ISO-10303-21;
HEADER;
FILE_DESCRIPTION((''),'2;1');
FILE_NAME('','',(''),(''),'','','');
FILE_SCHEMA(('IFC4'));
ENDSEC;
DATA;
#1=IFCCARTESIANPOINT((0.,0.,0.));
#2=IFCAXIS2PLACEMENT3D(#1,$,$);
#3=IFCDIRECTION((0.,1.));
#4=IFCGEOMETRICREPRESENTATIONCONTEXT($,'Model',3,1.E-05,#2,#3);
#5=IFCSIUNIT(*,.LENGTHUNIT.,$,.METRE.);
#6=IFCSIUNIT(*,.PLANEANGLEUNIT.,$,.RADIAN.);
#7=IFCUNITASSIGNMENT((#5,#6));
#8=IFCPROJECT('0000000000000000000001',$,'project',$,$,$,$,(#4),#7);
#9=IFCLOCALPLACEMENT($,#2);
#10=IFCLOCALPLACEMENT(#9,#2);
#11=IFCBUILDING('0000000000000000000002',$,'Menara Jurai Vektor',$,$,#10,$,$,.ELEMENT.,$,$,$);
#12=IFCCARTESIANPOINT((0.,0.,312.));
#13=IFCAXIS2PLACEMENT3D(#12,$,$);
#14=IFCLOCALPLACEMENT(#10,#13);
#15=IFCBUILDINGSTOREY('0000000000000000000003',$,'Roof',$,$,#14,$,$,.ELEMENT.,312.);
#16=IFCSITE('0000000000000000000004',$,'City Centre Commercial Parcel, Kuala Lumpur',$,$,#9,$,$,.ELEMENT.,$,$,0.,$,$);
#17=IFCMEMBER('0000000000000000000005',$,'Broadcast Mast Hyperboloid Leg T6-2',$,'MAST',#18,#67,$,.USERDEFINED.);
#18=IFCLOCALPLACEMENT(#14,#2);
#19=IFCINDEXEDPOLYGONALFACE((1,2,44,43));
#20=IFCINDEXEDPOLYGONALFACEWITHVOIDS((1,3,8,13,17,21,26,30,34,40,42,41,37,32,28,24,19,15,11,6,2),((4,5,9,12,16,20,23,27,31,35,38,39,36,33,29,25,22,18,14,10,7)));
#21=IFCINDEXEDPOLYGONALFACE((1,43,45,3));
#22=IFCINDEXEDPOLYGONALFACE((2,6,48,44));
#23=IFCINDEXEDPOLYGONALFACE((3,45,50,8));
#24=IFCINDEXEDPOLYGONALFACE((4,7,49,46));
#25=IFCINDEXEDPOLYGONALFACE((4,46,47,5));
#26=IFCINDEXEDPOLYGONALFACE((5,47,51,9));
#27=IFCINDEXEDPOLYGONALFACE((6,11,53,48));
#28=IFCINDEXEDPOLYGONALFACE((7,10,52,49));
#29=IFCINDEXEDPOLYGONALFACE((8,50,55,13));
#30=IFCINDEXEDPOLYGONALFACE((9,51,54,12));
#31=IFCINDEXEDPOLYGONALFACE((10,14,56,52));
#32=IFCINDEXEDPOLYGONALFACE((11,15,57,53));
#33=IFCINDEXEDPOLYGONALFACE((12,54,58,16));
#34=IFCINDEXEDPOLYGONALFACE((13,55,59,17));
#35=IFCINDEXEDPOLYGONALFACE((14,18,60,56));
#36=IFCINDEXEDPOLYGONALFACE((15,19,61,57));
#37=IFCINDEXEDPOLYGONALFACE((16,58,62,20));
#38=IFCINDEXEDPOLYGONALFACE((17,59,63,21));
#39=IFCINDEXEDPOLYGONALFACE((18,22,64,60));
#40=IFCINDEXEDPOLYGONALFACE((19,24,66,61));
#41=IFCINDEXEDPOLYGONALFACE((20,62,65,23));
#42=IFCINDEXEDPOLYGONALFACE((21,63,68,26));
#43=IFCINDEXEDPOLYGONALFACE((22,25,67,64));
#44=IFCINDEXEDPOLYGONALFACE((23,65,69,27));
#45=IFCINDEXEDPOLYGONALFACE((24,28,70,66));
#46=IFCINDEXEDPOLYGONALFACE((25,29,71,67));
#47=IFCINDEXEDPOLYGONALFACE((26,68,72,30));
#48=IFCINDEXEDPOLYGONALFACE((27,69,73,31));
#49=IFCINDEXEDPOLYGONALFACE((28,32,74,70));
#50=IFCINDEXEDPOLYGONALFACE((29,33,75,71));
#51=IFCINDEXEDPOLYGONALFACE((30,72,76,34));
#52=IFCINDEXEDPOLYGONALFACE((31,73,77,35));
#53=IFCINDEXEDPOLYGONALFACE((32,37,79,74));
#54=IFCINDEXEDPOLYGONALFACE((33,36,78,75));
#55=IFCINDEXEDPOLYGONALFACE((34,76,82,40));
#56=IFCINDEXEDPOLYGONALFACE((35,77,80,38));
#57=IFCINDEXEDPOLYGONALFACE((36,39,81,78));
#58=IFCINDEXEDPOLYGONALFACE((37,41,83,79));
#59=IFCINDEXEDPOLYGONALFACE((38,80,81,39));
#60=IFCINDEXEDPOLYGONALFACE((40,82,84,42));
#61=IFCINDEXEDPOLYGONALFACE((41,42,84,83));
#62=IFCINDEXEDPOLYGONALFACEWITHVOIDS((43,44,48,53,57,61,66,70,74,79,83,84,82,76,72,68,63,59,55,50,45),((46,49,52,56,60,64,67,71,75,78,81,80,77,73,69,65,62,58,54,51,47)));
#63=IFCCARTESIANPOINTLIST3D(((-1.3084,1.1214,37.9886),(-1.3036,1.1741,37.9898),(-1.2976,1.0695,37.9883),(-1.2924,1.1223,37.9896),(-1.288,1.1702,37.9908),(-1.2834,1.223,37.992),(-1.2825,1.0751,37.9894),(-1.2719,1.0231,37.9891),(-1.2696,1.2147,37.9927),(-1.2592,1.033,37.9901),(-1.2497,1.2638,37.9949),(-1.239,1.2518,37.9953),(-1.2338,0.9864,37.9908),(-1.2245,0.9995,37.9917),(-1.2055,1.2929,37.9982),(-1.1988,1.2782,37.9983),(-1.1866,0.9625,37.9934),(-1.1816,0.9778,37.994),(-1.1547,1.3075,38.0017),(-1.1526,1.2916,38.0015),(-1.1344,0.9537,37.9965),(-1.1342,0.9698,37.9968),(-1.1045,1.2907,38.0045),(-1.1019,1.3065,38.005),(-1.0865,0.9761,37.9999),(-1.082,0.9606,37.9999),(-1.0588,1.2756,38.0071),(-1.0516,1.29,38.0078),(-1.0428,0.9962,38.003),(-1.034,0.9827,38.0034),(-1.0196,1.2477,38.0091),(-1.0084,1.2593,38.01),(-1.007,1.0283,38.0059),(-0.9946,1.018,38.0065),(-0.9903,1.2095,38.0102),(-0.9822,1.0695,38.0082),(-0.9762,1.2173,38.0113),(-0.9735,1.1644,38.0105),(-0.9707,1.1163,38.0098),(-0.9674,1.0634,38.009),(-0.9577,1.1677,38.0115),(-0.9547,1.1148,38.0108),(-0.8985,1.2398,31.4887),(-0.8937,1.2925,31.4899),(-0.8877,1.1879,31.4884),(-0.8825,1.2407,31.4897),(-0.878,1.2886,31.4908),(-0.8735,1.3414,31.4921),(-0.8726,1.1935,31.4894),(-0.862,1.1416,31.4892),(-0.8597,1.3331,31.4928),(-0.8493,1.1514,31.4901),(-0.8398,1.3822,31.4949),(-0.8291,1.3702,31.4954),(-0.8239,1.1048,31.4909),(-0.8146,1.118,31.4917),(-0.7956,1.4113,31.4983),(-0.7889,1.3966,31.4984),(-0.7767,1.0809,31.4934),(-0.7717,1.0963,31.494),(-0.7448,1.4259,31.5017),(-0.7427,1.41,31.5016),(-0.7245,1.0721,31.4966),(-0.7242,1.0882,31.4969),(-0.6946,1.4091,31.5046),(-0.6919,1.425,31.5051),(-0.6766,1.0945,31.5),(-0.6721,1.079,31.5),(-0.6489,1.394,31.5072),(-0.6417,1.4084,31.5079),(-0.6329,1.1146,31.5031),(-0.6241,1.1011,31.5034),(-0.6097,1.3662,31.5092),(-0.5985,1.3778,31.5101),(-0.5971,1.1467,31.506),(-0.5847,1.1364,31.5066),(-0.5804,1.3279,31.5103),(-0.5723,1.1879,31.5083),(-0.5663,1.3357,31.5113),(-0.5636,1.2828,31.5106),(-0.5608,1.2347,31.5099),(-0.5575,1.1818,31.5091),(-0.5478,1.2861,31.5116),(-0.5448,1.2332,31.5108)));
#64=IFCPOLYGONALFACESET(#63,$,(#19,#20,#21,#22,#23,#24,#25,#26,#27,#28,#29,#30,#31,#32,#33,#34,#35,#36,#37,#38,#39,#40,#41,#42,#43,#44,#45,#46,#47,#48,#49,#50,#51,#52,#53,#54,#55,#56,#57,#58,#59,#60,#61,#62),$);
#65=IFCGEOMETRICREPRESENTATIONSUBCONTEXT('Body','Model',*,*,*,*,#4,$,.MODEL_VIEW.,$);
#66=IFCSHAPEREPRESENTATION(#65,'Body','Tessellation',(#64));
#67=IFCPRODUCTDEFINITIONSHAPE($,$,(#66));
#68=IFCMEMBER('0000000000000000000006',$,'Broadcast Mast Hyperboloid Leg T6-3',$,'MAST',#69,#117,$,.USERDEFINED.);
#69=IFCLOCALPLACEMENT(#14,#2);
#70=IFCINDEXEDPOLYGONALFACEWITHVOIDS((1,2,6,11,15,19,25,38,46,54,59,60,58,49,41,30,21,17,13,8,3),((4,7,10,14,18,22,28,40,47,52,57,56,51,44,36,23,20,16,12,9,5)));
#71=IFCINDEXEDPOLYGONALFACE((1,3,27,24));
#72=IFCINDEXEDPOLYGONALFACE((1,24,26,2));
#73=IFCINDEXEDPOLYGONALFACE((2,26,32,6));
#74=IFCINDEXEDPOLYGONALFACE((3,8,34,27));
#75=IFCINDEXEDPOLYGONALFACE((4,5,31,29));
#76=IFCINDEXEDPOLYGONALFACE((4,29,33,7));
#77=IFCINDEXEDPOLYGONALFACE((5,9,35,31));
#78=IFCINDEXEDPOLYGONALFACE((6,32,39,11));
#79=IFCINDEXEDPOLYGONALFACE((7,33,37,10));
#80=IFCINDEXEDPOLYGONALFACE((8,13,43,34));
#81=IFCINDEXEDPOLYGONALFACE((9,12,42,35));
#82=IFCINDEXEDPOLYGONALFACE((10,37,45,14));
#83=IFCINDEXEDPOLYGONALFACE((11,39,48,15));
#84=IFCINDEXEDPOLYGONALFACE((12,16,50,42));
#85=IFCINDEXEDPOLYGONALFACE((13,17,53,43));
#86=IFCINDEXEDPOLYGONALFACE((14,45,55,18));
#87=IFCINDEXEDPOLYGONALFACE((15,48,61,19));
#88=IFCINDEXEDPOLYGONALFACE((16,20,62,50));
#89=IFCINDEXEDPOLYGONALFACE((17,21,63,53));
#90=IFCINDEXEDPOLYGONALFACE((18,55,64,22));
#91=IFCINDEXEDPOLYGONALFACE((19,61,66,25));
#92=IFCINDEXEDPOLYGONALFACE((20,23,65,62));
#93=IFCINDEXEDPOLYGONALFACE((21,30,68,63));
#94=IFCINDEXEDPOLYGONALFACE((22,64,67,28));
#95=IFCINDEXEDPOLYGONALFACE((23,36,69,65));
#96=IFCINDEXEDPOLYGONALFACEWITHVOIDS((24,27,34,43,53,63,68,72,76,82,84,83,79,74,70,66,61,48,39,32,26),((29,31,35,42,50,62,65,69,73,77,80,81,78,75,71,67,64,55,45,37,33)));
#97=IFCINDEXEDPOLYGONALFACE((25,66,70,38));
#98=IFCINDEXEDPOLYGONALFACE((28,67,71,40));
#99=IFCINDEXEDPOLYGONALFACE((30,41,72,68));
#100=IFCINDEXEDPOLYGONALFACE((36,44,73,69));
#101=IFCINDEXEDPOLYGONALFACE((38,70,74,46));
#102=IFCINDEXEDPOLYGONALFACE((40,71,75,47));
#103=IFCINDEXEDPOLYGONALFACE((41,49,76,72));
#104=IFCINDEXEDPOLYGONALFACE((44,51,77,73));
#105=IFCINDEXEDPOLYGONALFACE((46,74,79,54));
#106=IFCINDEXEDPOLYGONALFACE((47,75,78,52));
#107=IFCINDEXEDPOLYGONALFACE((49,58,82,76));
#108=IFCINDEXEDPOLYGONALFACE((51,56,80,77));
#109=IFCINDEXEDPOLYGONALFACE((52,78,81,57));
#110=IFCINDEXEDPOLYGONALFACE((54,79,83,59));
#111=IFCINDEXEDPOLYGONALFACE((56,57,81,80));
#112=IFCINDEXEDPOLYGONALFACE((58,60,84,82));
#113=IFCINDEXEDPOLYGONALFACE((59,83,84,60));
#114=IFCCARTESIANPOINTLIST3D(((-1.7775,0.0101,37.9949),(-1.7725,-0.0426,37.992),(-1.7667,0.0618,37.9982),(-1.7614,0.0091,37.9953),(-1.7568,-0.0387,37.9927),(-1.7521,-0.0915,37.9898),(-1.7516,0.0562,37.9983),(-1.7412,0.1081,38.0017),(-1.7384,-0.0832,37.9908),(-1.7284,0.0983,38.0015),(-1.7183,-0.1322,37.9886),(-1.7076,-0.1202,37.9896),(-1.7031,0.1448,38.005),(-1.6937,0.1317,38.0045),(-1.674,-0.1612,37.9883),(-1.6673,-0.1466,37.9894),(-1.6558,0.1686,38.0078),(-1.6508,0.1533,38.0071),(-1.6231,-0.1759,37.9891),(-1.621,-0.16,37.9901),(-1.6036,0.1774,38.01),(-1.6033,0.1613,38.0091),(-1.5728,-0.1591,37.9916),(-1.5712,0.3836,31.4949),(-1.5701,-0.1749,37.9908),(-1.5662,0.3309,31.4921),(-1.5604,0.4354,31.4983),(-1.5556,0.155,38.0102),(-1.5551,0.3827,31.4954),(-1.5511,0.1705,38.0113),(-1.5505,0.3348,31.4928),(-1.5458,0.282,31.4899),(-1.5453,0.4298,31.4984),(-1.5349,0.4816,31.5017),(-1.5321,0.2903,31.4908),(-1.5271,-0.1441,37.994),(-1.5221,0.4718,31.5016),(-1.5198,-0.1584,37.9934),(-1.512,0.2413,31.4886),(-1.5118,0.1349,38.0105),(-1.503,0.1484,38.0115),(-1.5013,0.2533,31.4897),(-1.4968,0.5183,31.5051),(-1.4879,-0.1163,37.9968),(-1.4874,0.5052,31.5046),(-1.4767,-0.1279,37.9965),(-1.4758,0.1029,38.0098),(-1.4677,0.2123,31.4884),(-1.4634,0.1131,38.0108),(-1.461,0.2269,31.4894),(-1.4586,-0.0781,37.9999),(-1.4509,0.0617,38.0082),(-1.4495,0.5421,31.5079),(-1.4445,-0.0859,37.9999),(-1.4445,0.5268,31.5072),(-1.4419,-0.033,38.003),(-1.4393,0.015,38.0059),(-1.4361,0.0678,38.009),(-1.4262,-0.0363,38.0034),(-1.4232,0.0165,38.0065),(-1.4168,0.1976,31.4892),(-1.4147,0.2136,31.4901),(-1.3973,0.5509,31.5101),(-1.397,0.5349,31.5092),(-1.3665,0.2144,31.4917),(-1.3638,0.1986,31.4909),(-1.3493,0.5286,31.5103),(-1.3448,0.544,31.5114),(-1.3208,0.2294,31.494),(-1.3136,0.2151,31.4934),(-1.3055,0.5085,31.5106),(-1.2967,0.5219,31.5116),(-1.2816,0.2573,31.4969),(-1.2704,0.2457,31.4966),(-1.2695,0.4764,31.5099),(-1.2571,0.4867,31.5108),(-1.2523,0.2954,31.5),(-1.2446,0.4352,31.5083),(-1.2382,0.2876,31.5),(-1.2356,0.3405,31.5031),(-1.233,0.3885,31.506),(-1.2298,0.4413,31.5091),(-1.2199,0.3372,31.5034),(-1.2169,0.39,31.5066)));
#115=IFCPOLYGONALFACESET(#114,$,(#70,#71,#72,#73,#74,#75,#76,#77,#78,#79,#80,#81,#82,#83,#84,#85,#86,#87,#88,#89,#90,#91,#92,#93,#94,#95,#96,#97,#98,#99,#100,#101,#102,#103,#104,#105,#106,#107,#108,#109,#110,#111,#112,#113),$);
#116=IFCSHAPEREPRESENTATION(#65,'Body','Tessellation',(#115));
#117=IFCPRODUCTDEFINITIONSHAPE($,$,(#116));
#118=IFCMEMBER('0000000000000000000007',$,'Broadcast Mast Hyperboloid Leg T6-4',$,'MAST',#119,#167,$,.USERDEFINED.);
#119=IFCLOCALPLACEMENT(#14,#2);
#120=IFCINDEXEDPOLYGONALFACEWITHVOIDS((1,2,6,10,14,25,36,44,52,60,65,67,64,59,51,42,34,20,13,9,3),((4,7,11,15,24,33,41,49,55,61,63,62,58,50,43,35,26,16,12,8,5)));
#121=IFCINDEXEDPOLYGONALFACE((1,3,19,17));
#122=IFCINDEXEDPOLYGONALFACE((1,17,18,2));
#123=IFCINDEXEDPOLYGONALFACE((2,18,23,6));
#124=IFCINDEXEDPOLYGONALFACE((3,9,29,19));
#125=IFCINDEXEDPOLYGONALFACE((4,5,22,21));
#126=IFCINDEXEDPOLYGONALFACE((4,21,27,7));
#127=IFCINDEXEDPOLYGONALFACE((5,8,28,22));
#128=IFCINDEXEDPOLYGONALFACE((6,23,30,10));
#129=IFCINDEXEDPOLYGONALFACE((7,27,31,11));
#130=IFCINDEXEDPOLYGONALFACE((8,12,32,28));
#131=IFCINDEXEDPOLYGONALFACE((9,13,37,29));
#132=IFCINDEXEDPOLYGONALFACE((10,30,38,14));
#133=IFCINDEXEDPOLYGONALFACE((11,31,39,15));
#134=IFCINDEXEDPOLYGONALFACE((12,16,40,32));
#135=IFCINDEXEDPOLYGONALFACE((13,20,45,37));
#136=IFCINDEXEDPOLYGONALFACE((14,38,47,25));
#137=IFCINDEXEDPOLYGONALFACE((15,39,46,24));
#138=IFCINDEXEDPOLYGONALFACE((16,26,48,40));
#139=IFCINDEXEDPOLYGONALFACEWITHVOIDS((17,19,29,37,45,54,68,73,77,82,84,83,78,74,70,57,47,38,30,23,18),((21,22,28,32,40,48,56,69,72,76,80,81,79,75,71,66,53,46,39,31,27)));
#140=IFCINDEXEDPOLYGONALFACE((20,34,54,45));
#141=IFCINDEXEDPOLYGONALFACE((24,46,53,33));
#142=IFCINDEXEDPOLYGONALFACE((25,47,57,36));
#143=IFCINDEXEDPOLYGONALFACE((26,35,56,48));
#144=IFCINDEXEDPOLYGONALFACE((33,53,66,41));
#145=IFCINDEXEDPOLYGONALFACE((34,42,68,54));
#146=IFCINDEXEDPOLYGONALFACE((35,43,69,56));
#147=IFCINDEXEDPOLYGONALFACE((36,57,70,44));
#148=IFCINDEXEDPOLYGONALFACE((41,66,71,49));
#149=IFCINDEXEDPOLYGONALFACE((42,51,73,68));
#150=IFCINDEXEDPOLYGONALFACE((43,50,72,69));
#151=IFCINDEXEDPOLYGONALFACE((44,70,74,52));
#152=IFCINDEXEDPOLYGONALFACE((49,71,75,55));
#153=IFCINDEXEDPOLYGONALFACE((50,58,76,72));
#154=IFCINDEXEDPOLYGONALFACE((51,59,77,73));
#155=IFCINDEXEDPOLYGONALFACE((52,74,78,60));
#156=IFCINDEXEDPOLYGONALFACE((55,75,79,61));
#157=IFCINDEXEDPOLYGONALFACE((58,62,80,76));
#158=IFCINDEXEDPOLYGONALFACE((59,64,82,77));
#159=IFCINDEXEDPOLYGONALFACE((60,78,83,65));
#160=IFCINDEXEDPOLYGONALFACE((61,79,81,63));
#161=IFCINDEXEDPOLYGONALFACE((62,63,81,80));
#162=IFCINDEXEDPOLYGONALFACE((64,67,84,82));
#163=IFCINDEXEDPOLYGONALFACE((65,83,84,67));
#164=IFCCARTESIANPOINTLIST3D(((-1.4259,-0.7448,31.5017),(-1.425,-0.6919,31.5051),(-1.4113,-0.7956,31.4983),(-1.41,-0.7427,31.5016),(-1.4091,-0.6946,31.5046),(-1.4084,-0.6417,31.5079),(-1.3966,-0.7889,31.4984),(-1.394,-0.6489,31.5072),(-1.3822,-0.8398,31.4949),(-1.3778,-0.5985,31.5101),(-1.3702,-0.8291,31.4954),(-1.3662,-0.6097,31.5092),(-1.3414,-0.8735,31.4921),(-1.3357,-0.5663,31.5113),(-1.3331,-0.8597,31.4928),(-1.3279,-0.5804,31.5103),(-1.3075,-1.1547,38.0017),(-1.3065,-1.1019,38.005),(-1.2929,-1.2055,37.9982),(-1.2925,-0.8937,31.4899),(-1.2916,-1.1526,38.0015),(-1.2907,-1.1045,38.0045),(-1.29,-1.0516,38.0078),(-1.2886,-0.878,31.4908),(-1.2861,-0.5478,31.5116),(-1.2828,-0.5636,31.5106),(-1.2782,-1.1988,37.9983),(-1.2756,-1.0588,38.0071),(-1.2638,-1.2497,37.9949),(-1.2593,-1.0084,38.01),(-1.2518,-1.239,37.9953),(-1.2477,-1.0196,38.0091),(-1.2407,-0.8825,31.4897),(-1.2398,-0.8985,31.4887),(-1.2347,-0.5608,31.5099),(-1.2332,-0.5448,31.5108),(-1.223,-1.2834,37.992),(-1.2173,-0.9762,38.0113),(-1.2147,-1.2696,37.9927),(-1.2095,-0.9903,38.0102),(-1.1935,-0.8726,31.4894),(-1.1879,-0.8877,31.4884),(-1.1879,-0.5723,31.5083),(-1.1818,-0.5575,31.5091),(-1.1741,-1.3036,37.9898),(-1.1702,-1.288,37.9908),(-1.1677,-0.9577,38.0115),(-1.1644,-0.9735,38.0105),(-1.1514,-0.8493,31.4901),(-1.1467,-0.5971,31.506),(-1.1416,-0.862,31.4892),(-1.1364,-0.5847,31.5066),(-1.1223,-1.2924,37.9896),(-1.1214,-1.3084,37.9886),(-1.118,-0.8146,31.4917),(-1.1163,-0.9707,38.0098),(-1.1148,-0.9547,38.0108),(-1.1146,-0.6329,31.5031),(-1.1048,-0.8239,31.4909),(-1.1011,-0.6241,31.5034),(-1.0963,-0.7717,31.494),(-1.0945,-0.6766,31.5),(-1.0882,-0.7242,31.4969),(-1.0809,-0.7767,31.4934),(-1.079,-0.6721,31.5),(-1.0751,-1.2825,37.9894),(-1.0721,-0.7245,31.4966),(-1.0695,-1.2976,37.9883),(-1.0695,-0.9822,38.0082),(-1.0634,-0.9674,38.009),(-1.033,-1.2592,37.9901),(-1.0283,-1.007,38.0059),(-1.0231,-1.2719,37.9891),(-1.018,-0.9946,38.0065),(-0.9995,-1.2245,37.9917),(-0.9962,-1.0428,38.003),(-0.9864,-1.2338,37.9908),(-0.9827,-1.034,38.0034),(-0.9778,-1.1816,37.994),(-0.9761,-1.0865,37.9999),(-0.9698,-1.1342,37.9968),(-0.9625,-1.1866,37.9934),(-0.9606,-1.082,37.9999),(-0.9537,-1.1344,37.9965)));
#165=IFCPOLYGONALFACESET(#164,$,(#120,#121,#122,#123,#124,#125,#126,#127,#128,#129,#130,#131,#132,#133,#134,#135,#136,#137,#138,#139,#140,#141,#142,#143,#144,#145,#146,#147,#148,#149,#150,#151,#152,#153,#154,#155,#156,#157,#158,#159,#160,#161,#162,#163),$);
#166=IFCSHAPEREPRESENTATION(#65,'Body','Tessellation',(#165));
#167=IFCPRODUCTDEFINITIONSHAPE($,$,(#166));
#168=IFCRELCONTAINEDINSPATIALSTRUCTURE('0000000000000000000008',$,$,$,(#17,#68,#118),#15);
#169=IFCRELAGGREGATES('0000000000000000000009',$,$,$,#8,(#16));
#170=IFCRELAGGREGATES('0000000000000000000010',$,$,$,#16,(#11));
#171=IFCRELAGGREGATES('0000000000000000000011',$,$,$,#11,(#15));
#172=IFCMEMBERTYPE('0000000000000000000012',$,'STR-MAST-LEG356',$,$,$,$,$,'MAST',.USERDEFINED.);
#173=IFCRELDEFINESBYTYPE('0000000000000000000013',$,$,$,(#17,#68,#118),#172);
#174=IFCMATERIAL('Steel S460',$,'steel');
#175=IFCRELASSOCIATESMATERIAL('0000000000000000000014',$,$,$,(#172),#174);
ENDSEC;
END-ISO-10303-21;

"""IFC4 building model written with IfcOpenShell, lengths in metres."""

from ifc_helpers import new_model, si_unit, direction, frame, origin, origin_2d, place, context, subcontext, project, spatial, hollow_circle, extrude, material, material_profile, profile_set, type_object, element, save


model = new_model("IFC4")

# Units and contexts
model_context = context("Model", 3, precision=1e-05, world=origin(), true_north=direction((0.0, 1.0)))
body_context = subcontext(model_context, "Body", "Model", "MODEL_VIEW")
ifc_project = project(units=[si_unit("LENGTHUNIT", "METRE"), si_unit("PLANEANGLEUNIT", "RADIAN")], contexts=[model_context])

# Site, building, storey
site_placement = place(None, origin())
site = spatial("IfcSite", under=ifc_project, at=site_placement, Name="City Centre Commercial Parcel, Kuala Lumpur", CompositionType="ELEMENT", RefElevation=0.0)
building_placement = place(site_placement, origin())
building = spatial("IfcBuilding", under=site, at=building_placement, Name="Menara Jurai Vektor", CompositionType="ELEMENT")
storey_placement = place(building_placement, frame((0.0, 0.0, 312.0)))
storey = spatial("IfcBuildingStorey", under=building, at=storey_placement, Name="Roof", CompositionType="ELEMENT", Elevation=312.0)

# Members
ifc_material = material(Name="Steel S460", Category="steel")
ifc_material_profile_1 = material_profile(ifc_material, hollow_circle(Radius=0.1777, WallThickness=0.0161, at=origin_2d()), Name="CHS 355.6x16")
ifc_profile_set_1 = profile_set([ifc_material_profile_1], Name="Steel S460")
member_type_1 = type_object("IfcMemberType", Name="STR-MAST-LEG356", ElementType="MAST", PredefinedType="USERDEFINED", material=ifc_profile_set_1)
for number, where, z_axis, x_axis, name in (
    (1, (-0.7214, 1.2498, 31.5), (-0.062928, -0.018178, 0.997853), (0.277516, -0.960721, 0.0), "Broadcast Mast Hyperboloid Leg T6-2"),
    (2, (-1.3938, 0.3735, 31.5), (-0.03167, -0.057344, 0.997852), (0.875369, -0.483455, 0.0), "Broadcast Mast Hyperboloid Leg T6-3"),
    (3, (-1.2498, -0.7214, 31.5), (0.018178, -0.062928, 0.997853), (0.960721, 0.277516, 0.0), "Broadcast Mast Hyperboloid Leg T6-4"),
):
    element("IfcMember", number, at=place(storey_placement, frame(where, z_axis=z_axis, x_axis=x_axis)), inside=storey, type_object=member_type_1, Name=name, ObjectType="MAST", PredefinedType="USERDEFINED", context=body_context, shape_type="SweptSolid", body=[
        extrude(hollow_circle(Radius=0.1777, WallThickness=0.0161, at=origin_2d()), origin(), (0.0, 0.0, 1.0), 6.5139),
    ])

save(model, "model.ifc")
